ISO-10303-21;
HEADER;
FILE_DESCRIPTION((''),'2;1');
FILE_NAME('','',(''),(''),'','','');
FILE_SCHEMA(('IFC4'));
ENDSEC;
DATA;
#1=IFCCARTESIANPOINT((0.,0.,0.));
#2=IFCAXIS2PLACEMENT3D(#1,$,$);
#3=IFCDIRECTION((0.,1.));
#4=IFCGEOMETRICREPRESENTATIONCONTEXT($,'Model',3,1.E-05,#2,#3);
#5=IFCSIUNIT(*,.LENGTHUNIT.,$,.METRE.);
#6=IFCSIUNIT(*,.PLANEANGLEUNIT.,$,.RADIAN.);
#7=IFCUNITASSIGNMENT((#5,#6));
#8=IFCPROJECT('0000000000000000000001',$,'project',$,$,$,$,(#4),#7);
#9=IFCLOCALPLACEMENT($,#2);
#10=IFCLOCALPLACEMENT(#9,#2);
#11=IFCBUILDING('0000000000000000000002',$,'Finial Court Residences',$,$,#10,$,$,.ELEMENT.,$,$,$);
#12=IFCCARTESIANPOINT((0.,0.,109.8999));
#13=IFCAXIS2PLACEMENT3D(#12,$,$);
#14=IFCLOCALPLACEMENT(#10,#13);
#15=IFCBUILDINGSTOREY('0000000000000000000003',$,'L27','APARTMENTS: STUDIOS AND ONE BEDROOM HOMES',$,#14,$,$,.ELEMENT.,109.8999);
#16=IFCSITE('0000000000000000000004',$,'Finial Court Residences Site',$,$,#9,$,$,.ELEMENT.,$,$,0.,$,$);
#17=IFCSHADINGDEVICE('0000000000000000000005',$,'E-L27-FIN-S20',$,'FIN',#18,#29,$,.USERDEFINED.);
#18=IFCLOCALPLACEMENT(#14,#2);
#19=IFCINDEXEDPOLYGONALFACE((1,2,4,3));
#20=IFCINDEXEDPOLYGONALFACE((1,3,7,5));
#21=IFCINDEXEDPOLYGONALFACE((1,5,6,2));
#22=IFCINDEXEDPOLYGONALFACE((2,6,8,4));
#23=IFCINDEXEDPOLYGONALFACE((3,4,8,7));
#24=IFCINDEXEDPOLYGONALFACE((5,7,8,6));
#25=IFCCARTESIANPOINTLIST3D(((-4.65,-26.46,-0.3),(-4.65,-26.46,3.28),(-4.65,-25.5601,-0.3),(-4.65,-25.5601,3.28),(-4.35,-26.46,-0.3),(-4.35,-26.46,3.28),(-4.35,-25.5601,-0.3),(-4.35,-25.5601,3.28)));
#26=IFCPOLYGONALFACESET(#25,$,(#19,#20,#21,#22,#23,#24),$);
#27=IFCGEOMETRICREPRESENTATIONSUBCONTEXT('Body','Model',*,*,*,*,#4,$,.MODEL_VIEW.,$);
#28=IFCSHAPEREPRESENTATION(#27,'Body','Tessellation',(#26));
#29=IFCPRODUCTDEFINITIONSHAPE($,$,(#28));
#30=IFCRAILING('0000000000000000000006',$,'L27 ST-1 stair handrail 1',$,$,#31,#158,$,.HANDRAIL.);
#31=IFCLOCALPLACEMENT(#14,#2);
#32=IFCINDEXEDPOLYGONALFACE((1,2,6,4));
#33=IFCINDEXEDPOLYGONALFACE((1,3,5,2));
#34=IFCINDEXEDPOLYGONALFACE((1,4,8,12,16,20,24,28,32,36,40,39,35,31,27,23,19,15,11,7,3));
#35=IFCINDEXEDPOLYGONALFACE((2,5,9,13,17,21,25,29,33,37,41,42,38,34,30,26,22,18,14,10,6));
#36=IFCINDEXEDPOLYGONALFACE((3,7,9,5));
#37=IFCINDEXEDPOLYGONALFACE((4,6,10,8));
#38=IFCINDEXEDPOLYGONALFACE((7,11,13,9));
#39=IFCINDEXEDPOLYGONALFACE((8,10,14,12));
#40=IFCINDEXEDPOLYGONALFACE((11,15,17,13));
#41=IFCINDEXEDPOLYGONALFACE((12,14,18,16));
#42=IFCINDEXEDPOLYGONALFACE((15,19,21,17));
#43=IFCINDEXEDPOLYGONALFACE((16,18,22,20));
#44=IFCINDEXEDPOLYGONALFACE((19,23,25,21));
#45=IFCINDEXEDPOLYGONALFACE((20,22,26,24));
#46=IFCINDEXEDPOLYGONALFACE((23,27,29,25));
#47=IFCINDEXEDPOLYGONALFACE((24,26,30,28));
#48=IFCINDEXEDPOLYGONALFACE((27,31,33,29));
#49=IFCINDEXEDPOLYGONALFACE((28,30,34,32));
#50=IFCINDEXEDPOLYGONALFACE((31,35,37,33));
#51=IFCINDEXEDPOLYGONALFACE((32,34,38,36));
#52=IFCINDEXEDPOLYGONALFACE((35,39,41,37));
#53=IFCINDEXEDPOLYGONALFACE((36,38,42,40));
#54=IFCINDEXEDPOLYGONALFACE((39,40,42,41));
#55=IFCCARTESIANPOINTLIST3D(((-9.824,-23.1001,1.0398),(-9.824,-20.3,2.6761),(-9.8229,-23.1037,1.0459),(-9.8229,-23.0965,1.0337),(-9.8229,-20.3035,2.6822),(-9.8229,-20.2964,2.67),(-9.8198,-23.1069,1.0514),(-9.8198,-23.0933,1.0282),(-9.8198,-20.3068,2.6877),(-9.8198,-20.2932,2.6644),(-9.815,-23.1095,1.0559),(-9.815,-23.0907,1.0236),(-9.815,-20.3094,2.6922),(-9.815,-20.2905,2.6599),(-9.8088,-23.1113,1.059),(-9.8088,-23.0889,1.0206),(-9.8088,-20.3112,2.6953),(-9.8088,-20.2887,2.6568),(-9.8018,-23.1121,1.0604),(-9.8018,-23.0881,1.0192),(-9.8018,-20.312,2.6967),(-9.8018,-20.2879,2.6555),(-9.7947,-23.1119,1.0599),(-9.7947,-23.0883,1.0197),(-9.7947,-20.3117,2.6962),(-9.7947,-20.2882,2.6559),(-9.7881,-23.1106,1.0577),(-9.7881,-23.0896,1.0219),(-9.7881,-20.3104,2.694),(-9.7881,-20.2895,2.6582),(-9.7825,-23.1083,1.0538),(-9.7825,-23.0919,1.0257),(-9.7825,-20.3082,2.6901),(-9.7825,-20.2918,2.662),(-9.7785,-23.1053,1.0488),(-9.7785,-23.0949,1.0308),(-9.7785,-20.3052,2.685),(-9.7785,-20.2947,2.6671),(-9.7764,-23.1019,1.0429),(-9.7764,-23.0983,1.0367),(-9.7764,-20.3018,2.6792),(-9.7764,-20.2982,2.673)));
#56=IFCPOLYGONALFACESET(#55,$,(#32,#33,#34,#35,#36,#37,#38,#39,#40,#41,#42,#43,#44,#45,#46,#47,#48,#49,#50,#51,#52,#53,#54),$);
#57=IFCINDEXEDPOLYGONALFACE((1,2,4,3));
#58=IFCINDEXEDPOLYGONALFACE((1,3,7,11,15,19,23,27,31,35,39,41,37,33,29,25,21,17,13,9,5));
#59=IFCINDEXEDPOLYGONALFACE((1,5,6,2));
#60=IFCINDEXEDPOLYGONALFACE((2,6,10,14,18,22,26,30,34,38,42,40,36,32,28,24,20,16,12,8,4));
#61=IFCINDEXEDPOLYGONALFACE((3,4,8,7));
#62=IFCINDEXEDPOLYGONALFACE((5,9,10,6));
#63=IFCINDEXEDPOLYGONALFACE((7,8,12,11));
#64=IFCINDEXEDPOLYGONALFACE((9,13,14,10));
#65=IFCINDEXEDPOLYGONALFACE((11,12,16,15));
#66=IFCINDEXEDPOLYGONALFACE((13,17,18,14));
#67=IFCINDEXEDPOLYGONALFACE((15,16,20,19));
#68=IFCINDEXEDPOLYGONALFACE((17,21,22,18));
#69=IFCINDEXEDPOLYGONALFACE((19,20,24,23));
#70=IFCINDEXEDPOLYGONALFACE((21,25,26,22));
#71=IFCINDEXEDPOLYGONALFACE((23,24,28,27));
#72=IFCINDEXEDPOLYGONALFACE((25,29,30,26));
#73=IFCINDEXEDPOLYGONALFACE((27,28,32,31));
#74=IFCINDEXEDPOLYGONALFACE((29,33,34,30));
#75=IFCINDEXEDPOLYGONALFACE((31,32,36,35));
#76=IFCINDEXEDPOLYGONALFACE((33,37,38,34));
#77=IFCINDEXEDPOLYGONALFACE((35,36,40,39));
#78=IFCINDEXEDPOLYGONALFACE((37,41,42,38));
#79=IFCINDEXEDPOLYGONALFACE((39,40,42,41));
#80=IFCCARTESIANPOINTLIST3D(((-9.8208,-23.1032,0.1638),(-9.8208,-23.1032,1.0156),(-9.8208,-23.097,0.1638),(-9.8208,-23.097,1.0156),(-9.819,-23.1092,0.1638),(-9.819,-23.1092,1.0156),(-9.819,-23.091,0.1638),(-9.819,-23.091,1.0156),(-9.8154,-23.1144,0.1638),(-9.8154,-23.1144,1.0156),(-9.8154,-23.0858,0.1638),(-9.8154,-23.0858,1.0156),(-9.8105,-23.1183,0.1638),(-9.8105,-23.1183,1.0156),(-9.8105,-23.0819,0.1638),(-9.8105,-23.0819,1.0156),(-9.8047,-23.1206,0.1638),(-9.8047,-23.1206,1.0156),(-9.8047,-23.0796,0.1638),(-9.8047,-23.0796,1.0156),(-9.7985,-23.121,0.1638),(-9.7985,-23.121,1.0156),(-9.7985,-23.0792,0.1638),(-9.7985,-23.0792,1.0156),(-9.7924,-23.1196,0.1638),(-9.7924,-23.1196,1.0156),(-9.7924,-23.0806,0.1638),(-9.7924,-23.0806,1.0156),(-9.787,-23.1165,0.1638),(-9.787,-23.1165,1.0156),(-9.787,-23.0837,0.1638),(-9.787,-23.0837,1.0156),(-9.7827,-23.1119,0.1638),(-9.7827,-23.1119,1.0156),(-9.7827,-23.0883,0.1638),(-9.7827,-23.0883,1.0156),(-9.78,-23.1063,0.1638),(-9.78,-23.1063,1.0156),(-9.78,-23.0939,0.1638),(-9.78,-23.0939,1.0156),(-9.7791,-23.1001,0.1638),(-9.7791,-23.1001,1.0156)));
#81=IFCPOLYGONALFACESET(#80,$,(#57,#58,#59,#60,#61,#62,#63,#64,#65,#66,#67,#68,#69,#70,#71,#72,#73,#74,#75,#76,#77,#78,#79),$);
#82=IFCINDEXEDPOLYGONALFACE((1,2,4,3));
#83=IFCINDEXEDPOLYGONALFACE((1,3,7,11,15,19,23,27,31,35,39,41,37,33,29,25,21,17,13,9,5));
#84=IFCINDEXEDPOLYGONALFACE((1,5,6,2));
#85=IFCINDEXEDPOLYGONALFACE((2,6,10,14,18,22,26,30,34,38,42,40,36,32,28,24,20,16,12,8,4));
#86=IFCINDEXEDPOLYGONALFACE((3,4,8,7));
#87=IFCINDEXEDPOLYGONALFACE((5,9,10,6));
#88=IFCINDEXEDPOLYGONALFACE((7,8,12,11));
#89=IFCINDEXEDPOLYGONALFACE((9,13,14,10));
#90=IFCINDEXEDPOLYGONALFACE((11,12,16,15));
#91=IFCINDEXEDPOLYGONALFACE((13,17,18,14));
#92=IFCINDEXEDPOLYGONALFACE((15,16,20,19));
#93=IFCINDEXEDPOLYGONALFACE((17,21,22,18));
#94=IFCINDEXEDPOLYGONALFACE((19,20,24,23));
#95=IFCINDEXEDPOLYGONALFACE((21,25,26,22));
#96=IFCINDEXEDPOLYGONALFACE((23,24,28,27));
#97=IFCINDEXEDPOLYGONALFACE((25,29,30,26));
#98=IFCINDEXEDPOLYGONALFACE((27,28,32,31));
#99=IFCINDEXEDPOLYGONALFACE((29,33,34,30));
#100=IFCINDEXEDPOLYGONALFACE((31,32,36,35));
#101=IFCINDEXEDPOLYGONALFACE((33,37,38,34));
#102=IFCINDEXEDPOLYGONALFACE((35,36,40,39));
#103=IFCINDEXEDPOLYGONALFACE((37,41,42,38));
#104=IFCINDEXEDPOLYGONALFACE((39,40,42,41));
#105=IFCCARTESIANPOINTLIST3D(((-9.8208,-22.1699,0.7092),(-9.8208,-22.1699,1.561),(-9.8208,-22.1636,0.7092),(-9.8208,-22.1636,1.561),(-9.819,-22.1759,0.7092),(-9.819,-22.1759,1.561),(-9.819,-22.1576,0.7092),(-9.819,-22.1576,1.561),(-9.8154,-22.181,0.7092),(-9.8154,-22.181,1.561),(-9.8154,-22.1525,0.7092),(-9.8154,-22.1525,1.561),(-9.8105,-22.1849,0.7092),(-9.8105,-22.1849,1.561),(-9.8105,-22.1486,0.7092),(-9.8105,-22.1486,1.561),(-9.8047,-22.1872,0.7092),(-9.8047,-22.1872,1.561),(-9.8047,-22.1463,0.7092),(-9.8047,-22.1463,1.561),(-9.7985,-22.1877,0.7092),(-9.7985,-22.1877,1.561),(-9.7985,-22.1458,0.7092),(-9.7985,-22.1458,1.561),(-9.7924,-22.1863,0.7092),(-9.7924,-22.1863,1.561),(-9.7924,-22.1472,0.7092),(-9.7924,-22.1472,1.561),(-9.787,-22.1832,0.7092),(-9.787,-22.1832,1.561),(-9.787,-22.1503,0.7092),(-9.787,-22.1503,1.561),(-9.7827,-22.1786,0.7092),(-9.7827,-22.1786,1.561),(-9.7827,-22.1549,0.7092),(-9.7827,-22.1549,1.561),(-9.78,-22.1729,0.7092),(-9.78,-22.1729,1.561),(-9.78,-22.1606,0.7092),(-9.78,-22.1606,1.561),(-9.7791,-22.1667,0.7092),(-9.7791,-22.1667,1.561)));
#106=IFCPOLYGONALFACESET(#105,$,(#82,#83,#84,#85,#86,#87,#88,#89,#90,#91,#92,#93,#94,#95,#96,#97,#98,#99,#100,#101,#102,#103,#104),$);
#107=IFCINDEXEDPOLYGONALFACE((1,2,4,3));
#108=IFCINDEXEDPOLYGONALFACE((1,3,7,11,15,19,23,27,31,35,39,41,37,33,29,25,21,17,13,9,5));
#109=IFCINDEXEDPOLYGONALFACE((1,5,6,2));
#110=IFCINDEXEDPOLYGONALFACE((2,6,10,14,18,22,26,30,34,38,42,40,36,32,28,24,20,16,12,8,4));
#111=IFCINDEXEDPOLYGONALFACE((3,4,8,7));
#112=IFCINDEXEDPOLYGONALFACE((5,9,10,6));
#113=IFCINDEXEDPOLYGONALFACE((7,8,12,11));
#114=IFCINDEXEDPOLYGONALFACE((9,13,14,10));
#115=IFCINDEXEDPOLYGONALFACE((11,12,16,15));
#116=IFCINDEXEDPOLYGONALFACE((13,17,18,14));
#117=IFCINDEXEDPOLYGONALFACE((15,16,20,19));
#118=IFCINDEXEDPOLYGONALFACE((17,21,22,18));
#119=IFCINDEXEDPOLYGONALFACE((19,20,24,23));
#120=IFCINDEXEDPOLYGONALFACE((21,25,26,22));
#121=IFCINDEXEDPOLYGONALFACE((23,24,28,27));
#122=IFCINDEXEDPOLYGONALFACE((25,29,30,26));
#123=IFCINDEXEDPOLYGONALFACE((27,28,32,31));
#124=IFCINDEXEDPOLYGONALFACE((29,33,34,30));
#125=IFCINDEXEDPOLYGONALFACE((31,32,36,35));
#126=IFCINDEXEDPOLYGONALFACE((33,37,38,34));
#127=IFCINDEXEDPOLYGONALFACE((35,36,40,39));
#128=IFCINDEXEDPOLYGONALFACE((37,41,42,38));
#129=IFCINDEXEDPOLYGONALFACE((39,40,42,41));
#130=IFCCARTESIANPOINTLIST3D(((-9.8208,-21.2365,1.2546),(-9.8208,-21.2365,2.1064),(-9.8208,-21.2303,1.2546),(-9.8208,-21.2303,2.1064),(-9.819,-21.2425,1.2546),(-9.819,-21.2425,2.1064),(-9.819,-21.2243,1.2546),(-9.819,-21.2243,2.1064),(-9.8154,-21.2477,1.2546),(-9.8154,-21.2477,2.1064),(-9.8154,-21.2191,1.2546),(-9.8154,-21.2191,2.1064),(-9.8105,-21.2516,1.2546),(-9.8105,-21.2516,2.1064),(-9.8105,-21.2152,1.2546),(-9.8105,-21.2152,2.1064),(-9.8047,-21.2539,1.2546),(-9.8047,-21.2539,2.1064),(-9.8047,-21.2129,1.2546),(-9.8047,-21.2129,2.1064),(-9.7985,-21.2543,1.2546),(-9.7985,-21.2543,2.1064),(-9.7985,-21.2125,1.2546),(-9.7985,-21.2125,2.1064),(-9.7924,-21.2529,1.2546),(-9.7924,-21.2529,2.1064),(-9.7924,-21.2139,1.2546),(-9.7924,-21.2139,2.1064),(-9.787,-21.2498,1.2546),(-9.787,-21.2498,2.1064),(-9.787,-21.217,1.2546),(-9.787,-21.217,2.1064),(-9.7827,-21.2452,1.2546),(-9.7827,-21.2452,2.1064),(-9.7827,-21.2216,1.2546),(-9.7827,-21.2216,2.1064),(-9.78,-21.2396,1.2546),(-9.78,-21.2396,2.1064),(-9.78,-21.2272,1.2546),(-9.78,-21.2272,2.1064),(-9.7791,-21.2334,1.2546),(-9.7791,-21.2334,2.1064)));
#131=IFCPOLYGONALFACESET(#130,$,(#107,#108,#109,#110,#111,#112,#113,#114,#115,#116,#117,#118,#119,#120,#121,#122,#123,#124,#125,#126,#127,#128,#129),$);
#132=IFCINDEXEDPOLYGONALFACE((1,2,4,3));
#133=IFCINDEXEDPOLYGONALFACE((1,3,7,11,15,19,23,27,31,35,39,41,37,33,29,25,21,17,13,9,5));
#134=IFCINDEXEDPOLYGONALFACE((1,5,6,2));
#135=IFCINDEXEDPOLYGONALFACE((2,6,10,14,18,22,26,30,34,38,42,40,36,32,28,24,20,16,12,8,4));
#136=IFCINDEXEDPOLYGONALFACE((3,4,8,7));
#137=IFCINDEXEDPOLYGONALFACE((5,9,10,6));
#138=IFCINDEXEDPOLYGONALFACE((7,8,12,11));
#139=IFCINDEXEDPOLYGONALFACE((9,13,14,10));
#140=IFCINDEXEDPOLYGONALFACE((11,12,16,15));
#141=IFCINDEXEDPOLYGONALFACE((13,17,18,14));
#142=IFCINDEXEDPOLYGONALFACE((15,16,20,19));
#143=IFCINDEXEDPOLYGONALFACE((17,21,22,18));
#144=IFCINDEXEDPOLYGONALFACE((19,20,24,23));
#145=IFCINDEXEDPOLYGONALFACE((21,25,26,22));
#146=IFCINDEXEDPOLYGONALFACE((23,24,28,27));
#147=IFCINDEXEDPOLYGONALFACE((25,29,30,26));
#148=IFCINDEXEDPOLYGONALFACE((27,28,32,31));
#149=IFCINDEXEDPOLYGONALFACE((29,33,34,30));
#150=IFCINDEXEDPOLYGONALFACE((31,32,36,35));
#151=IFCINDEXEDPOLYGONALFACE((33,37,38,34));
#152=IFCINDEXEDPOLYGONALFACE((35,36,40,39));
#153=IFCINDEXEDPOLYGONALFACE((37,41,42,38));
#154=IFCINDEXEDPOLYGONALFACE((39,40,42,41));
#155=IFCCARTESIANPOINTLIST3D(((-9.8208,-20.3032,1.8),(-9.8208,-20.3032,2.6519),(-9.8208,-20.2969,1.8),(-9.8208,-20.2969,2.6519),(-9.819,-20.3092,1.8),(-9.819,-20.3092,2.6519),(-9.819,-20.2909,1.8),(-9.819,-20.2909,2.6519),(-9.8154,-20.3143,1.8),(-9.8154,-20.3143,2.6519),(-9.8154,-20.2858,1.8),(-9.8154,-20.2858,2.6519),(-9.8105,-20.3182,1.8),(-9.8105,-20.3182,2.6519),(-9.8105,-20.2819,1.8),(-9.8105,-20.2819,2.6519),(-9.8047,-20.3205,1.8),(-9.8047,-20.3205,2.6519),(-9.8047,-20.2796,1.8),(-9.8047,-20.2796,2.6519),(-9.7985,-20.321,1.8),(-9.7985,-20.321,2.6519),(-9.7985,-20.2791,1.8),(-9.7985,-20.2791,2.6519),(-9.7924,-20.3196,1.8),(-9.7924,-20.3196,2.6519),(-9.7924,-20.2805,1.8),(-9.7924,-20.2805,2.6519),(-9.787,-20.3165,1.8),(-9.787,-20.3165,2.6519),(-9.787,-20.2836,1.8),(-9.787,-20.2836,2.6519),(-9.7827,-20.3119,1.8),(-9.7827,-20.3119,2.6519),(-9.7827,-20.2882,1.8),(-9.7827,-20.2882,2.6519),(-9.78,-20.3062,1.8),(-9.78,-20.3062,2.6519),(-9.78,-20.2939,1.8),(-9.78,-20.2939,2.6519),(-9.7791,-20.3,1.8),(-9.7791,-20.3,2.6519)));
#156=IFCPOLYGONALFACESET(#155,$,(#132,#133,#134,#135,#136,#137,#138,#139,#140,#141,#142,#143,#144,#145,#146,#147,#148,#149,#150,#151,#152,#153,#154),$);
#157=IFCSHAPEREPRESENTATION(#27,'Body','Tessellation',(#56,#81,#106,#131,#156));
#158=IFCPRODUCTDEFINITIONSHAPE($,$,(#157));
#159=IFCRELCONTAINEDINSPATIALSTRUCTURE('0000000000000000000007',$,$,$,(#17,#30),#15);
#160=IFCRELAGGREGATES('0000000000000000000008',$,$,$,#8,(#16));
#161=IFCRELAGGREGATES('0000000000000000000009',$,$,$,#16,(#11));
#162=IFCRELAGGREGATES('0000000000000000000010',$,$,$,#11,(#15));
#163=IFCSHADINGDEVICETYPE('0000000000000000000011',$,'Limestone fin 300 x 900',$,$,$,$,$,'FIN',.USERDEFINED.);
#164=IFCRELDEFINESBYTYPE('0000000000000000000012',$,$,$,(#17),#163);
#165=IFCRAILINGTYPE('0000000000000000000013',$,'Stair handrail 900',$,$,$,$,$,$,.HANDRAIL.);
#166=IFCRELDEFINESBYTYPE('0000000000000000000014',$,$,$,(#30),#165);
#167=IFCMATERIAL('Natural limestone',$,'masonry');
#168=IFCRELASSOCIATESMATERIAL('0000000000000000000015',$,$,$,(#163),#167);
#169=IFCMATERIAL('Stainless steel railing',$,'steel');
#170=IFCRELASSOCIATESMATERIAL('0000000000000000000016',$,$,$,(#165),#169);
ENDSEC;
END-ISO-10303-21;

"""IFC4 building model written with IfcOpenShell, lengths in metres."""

from ifc_helpers import new_model, si_unit, direction, frame, origin, origin_2d, place, context, subcontext, project, spatial, rectangle, circle, extrude, material, type_object, element, save


model = new_model("IFC4")

# Units and contexts
model_context = context("Model", 3, precision=1e-05, world=origin(), true_north=direction((0.0, 1.0)))
body_context = subcontext(model_context, "Body", "Model", "MODEL_VIEW")
ifc_project = project(units=[si_unit("LENGTHUNIT", "METRE"), si_unit("PLANEANGLEUNIT", "RADIAN")], contexts=[model_context])

# Site, building, storey
site_placement = place(None, origin())
site = spatial("IfcSite", under=ifc_project, at=site_placement, Name="Finial Court Residences Site", CompositionType="ELEMENT", RefElevation=0.0)
building_placement = place(site_placement, origin())
building = spatial("IfcBuilding", under=site, at=building_placement, Name="Finial Court Residences", CompositionType="ELEMENT")
storey_placement = place(building_placement, frame((0.0, 0.0, 109.8999)))
storey = spatial("IfcBuildingStorey", under=building, at=storey_placement, Name="L27", Description="APARTMENTS: STUDIOS AND ONE BEDROOM HOMES", CompositionType="ELEMENT", Elevation=109.8999)

# Shading device
ifc_material_1 = material(Name="Natural limestone", Category="masonry")
shading_device_type = type_object("IfcShadingDeviceType", Name="Limestone fin 300 x 900", ElementType="FIN", PredefinedType="USERDEFINED", material=ifc_material_1)
for number, where, z_axis, x_axis, name in (
    (1, (-4.5, -26.01, -0.3), (0.0, 0.0, 1.0), (1.0, 0.0, 0.0), "E-L27-FIN-S20"),
):
    element("IfcShadingDevice", number, at=place(storey_placement, frame(where, z_axis=z_axis, x_axis=x_axis)), inside=storey, type_object=shading_device_type, Name=name, ObjectType="FIN", PredefinedType="USERDEFINED", context=body_context, shape_type="SweptSolid", body=[
        extrude(rectangle(XDim=0.3, YDim=0.8999, at=origin_2d()), origin(), (0.0, 0.0, 1.0), 3.5801),
    ])

# Railing
ifc_material_2 = material(Name="Stainless steel railing", Category="steel")
railing_type_1 = type_object("IfcRailingType", Name="Stair handrail 900", PredefinedType="HANDRAIL", material=ifc_material_2)
railing_1_placement = place(storey_placement, frame((-9.8, -23.1001, 0.1638)))
element("IfcRailing", 2, at=railing_1_placement, inside=storey, type_object=railing_type_1, Name="L27 ST-1 stair handrail 1", PredefinedType="HANDRAIL", context=body_context, shape_type="SweptSolid", body=[
    extrude(circle(Radius=0.0239, at=origin_2d()), frame((0.0, 0.0, 0.876), z_axis=(0.0, 0.863394, 0.504531), x_axis=(-1.0, 0.0, 0.0)), (0.0, 0.0, 1.0), 3.2432),
    extrude(circle(Radius=0.021, at=origin_2d()), origin(), (0.0, 0.0, 1.0), 0.8518),
    extrude(circle(Radius=0.021, at=origin_2d()), frame((0.0, 0.9333, 0.5454)), (0.0, 0.0, 1.0), 0.8518),
    extrude(circle(Radius=0.021, at=origin_2d()), frame((0.0, 1.8667, 1.0908)), (0.0, 0.0, 1.0), 0.8518),
    extrude(circle(Radius=0.021, at=origin_2d()), frame((0.0, 2.8, 1.6362)), (0.0, 0.0, 1.0), 0.8518),
])

save(model, "model.ifc")
